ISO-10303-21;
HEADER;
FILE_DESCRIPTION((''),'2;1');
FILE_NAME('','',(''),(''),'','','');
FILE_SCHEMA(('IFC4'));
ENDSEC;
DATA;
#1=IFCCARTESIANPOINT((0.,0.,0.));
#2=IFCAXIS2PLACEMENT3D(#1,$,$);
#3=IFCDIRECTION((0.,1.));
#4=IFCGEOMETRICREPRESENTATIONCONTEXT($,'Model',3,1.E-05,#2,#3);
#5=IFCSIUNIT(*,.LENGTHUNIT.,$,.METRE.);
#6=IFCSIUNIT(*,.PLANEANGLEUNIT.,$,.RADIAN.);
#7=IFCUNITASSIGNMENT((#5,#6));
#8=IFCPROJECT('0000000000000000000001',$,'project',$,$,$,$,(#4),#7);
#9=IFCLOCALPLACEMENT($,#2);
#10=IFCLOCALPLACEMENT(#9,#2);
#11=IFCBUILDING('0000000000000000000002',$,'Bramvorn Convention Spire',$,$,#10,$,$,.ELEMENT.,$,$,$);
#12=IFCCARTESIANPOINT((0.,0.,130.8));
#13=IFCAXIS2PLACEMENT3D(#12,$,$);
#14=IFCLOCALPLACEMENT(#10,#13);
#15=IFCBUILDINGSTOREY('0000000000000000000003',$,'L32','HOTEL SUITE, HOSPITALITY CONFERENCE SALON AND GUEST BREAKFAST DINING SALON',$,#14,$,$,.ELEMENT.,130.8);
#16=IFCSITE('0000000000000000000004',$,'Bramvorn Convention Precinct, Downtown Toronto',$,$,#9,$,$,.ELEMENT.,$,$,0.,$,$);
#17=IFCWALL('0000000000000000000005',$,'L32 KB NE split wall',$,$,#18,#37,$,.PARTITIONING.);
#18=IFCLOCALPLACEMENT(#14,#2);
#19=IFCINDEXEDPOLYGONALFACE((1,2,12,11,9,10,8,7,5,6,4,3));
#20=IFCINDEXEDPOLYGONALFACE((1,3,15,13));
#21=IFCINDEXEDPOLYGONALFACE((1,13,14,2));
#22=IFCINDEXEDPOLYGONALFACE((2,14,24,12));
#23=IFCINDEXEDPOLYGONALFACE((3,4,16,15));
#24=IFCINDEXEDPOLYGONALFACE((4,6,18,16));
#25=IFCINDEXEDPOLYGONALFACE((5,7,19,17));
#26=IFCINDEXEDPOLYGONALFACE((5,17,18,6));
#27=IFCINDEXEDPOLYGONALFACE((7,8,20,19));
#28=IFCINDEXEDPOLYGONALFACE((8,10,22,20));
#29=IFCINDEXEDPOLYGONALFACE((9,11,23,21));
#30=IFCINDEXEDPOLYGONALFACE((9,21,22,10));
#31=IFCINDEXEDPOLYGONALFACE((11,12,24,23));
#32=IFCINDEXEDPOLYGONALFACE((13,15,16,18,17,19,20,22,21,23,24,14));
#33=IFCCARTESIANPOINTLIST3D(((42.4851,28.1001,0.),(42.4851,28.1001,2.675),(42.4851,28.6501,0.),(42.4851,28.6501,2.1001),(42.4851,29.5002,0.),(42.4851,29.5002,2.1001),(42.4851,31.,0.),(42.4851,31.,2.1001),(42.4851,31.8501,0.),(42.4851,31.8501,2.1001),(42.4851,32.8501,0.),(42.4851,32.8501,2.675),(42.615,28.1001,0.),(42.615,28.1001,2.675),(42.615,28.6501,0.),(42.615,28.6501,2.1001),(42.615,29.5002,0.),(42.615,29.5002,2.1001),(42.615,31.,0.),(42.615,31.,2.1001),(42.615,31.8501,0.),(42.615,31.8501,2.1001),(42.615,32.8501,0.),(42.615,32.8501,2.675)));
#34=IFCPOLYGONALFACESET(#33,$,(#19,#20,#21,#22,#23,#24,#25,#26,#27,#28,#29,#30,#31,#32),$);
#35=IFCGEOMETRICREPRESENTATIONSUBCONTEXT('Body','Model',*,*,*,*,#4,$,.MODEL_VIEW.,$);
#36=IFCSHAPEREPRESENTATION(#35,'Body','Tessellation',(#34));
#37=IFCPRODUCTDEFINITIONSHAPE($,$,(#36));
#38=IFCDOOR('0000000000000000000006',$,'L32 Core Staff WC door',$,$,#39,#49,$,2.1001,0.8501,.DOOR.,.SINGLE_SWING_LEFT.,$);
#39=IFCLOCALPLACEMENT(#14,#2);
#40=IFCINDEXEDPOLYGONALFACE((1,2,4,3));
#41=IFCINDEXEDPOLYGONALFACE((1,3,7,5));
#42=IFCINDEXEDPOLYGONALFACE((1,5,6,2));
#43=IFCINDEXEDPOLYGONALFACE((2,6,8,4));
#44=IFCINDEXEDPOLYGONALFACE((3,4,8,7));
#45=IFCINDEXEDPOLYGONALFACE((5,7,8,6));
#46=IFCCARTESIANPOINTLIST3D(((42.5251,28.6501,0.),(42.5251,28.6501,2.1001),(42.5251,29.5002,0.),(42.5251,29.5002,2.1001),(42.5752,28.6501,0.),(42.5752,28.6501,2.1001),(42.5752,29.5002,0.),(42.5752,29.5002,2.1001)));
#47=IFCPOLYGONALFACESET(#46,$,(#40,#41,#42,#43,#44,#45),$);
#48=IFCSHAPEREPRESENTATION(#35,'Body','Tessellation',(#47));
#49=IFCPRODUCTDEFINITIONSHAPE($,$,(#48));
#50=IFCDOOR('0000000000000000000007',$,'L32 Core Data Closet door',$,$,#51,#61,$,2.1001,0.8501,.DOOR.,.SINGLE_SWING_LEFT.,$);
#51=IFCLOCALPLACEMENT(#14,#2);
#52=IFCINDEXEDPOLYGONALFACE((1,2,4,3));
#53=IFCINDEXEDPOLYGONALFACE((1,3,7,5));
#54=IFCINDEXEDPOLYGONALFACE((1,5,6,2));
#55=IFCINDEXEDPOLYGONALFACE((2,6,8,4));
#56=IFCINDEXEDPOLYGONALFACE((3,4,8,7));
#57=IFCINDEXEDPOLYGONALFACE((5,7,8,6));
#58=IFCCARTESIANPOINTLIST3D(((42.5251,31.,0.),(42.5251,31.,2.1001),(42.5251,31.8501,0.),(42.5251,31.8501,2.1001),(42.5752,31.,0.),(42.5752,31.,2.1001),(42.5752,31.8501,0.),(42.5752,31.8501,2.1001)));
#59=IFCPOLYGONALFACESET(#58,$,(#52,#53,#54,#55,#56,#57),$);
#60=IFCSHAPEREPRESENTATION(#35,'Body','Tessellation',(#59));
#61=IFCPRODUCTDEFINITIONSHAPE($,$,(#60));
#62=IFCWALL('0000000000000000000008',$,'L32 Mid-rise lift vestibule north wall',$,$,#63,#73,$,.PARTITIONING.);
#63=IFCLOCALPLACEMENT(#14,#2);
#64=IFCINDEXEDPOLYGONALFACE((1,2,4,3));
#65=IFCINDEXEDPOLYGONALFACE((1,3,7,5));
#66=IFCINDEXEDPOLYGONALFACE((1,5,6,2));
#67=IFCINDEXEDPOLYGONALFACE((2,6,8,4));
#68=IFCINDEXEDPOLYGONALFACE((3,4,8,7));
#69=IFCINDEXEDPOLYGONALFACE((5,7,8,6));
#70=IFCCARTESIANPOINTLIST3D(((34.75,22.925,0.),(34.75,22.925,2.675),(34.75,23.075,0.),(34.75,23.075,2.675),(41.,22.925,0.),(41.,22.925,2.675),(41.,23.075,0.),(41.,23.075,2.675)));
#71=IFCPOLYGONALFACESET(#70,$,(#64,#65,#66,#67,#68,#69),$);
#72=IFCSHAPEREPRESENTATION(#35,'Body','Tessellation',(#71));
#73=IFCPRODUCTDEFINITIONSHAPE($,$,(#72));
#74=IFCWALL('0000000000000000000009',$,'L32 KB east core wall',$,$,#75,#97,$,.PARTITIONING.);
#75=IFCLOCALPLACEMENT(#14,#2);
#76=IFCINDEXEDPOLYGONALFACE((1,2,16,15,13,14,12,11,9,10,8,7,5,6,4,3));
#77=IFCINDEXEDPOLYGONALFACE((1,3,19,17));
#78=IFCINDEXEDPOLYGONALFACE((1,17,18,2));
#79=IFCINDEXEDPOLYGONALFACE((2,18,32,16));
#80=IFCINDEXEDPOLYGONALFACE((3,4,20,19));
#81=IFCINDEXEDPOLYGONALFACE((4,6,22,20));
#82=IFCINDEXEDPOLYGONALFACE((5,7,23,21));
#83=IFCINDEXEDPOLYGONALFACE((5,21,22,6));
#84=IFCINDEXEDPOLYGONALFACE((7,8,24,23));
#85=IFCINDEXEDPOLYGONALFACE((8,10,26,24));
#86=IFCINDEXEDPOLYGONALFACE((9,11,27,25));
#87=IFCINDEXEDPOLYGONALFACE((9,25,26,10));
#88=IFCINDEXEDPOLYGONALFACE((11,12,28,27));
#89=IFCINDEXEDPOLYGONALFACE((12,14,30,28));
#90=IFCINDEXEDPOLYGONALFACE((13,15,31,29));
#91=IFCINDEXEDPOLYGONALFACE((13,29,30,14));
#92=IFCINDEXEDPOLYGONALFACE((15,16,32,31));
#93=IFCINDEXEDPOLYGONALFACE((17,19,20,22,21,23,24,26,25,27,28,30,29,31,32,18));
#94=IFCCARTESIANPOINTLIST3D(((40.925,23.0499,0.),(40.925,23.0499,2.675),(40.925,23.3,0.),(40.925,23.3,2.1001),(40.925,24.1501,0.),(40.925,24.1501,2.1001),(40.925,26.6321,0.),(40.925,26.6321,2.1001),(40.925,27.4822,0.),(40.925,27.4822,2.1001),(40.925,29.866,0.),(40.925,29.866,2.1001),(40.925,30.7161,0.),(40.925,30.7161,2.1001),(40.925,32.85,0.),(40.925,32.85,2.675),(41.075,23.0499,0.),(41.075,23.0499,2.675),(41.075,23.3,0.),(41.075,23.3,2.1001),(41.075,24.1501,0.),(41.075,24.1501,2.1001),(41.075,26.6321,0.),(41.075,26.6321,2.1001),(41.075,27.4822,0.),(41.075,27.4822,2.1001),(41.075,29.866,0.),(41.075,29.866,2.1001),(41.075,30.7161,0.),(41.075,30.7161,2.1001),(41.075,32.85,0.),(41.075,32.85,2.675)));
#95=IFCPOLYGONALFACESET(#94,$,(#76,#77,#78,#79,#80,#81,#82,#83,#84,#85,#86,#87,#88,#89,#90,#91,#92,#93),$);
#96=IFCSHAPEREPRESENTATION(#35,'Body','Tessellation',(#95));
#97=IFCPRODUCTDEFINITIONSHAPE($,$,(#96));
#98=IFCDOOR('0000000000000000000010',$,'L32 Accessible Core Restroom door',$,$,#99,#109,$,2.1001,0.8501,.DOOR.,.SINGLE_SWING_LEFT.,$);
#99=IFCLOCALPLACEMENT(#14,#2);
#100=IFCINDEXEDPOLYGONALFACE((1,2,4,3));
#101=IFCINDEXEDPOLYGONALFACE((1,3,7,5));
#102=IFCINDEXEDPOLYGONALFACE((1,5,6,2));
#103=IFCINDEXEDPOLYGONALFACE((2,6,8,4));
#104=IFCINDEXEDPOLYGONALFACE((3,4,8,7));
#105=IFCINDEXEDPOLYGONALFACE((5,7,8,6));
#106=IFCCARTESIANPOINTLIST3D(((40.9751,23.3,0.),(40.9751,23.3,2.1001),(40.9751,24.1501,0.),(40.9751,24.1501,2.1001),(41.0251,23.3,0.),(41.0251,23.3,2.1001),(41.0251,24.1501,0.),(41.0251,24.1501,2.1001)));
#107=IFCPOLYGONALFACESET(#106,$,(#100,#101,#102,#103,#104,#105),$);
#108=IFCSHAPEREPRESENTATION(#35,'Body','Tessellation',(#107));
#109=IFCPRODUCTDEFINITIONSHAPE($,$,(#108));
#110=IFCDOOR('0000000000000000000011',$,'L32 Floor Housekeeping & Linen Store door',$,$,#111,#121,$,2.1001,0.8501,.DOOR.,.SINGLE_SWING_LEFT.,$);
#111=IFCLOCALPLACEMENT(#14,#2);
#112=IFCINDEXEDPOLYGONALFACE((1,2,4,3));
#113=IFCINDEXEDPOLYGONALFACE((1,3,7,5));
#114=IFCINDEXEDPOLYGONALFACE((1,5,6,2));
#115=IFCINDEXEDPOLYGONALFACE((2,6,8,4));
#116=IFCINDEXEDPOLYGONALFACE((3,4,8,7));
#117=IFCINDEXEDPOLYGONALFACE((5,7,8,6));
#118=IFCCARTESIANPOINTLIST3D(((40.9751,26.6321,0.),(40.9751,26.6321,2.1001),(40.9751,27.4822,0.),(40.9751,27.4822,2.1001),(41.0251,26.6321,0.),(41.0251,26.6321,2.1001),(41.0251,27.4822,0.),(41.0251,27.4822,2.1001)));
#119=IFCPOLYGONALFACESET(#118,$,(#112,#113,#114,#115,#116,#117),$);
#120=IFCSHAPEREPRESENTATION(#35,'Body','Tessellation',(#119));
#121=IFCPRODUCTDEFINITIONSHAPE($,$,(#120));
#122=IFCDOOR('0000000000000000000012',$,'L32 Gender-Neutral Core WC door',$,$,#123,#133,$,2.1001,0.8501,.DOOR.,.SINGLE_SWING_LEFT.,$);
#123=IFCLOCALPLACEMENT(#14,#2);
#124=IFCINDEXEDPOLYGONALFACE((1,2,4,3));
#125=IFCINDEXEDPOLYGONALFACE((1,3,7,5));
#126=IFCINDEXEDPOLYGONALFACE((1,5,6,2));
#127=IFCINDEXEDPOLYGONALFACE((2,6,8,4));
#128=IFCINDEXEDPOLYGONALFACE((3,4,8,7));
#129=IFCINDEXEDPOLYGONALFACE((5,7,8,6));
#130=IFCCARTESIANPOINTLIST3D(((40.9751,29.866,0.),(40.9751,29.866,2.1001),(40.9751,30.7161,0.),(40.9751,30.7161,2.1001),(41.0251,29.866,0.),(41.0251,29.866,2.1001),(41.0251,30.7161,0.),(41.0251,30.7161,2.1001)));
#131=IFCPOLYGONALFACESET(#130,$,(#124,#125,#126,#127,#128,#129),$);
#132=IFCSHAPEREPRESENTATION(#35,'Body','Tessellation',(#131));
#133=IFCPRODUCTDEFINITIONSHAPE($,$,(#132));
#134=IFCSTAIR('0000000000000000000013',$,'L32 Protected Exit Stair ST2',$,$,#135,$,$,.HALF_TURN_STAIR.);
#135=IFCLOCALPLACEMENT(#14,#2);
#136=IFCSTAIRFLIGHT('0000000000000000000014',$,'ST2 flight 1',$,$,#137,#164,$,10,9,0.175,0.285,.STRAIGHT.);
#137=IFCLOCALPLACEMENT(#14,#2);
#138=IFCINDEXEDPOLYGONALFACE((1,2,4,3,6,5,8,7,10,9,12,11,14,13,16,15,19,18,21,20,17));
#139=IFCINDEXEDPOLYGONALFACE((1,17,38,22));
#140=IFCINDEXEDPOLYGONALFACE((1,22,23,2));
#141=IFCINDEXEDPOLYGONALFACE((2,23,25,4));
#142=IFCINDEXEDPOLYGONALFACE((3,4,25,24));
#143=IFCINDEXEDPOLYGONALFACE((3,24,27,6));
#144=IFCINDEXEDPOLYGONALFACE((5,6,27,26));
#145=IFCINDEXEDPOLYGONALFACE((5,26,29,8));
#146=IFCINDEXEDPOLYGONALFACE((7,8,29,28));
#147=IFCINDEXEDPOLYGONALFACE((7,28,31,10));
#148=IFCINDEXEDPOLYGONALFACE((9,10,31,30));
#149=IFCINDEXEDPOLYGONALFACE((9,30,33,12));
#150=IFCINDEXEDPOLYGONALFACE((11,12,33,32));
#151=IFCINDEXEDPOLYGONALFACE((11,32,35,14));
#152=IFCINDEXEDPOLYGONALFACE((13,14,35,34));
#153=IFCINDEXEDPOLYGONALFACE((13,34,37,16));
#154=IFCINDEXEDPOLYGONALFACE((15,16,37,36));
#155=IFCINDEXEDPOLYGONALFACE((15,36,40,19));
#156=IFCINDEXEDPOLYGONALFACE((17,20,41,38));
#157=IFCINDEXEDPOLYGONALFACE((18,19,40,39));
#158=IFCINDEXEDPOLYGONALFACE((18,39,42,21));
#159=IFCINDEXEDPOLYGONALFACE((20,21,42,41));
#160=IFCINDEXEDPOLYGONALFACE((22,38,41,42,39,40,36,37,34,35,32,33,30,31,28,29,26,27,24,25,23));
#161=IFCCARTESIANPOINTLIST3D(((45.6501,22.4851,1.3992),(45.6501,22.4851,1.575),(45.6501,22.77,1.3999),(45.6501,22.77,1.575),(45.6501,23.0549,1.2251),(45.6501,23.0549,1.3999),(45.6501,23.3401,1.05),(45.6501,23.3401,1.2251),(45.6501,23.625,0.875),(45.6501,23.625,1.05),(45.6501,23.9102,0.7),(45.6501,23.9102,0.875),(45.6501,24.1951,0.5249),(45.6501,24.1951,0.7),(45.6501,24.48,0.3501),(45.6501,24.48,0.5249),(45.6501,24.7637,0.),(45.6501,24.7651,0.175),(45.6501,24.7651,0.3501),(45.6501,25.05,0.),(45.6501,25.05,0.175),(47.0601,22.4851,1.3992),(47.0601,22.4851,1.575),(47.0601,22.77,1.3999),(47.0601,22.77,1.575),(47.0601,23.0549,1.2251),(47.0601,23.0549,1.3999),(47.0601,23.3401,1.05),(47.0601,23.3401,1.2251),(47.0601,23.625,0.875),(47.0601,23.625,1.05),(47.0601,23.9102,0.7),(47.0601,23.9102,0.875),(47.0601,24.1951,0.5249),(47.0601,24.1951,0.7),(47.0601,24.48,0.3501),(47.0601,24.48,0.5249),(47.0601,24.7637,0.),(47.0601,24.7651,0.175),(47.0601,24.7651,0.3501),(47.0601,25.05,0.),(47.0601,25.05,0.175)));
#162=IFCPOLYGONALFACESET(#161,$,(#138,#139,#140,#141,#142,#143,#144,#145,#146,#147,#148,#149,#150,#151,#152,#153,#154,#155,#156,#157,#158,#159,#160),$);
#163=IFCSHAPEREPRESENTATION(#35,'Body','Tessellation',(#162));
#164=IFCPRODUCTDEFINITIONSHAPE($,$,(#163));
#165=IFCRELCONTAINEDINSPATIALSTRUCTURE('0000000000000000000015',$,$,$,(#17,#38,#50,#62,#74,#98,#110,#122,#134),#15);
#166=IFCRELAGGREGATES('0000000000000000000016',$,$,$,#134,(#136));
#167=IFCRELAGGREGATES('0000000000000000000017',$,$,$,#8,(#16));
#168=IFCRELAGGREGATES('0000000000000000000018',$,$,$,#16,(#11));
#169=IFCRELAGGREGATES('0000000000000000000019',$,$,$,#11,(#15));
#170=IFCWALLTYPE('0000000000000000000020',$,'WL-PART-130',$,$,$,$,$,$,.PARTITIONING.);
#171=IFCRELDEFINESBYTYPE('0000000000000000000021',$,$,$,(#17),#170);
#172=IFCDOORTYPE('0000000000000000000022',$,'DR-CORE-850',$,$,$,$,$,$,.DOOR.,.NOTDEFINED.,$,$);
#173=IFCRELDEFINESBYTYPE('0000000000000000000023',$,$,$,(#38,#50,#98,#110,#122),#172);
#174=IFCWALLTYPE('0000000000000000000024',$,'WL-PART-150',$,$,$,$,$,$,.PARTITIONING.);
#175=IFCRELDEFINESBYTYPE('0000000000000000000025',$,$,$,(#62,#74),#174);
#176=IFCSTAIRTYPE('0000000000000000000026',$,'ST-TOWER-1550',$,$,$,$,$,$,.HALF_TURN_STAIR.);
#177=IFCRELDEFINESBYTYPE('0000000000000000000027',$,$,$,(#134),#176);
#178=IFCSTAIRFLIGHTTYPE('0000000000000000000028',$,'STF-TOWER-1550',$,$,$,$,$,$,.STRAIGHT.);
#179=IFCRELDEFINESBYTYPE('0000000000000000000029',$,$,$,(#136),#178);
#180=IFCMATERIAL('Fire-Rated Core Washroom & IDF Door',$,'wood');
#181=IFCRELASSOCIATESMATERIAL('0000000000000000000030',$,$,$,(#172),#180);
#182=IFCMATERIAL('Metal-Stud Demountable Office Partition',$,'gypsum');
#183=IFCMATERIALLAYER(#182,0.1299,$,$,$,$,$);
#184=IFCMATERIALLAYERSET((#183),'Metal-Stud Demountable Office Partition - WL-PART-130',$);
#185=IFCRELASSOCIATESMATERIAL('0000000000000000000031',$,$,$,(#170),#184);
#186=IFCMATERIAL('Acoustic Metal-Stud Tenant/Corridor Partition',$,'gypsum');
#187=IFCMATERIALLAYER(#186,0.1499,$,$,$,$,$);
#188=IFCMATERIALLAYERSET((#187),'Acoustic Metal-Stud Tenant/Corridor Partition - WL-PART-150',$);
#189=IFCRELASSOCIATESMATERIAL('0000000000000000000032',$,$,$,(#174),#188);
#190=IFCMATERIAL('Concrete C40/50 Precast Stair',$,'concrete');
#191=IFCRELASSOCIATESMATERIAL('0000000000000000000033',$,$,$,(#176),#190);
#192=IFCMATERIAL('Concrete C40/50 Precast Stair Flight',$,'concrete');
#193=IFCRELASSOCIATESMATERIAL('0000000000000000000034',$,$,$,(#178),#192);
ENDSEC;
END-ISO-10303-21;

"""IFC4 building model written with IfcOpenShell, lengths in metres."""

from ifc_helpers import new_model, si_unit, direction, frame, frame_2d, origin, place, context, subcontext, project, spatial, polyline, rectangle, outline, extrude, material, layer, layer_set, type_object, element, fill, aggregate, save


model = new_model("IFC4")

# Units and contexts
model_context = context("Model", 3, precision=1e-05, world=origin(), true_north=direction((0.0, 1.0)))
body_context = subcontext(model_context, "Body", "Model", "MODEL_VIEW")
ifc_project = project(units=[si_unit("LENGTHUNIT", "METRE"), si_unit("PLANEANGLEUNIT", "RADIAN")], contexts=[model_context])

# Site, building, storey
site_placement = place(None, origin())
site = spatial("IfcSite", under=ifc_project, at=site_placement, Name="Bramvorn Convention Precinct, Downtown Toronto", CompositionType="ELEMENT", RefElevation=0.0)
building_placement = place(site_placement, origin())
building = spatial("IfcBuilding", under=site, at=building_placement, Name="Bramvorn Convention Spire", CompositionType="ELEMENT")
storey_placement = place(building_placement, frame((0.0, 0.0, 130.8)))
storey = spatial("IfcBuildingStorey", under=building, at=storey_placement, Name="L32", Description="HOTEL SUITE, HOSPITALITY CONFERENCE SALON AND GUEST BREAKFAST DINING SALON", CompositionType="ELEMENT", Elevation=130.8)

# Shared definitions
ifc_material_1 = material(Name="Fire-Rated Core Washroom & IDF Door", Category="wood")
door_type_1 = type_object("IfcDoorType", Name="DR-CORE-850", OperationType="NOTDEFINED", PredefinedType="DOOR", material=ifc_material_1)

# Wall, openings, doors
ifc_material_2 = material(Name="Metal-Stud Demountable Office Partition", Category="gypsum")
ifc_layer_1 = layer(ifc_material_2, 0.1299)
ifc_layer_set_1 = layer_set([ifc_layer_1], Name="Metal-Stud Demountable Office Partition - WL-PART-130")
wall_type_1 = type_object("IfcWallType", Name="WL-PART-130", PredefinedType="PARTITIONING", material=ifc_layer_set_1)
wall_1_placement = place(storey_placement, frame((42.55, 28.1001, 0.0), z_axis=(0.0, 0.0, 1.0), x_axis=(0.0, 1.0, 0.0)))
wall_1 = element("IfcWall", 1, at=wall_1_placement, inside=storey, type_object=wall_type_1, Name="L32 KB NE split wall", PredefinedType="PARTITIONING", context=body_context, shape_type="SweptSolid", body=[
    extrude(rectangle(XDim=4.75, YDim=0.1299, at=frame_2d((2.375, 0.0))), origin(), (0.0, 0.0, 1.0), 2.675),
])
opening_1_placement = place(wall_1_placement, frame((0.55, 0.0, 0.0)))
opening_1 = element("IfcOpeningElement", 2, at=opening_1_placement, cuts=wall_1, PredefinedType="OPENING", context=body_context, shape_type="SweptSolid", body=[
    extrude(rectangle(XDim=0.8501, YDim=2.1001, at=frame_2d((0.425, 1.05))), frame((0.0, 0.075, 0.0), z_axis=(0.0, -1.0, 0.0), x_axis=(1.0, 0.0, 0.0)), (0.0, 0.0, 1.0), 0.1499),
])
opening_2_placement = place(wall_1_placement, frame((2.8999, 0.0, 0.0)))
opening_2 = element("IfcOpeningElement", 3, at=opening_2_placement, cuts=wall_1, PredefinedType="OPENING", context=body_context, shape_type="SweptSolid", body=[
    extrude(rectangle(XDim=0.8501, YDim=2.1001, at=frame_2d((0.425, 1.05))), frame((0.0, 0.075, 0.0), z_axis=(0.0, -1.0, 0.0), x_axis=(1.0, 0.0, 0.0)), (0.0, 0.0, 1.0), 0.1499),
])
door_1_placement = place(opening_1_placement, origin())
door_1 = element("IfcDoor", 4, at=door_1_placement, inside=storey, type_object=door_type_1, Name="L32 Core Staff WC door", OperationType="SINGLE_SWING_LEFT", OverallHeight=2.1001, OverallWidth=0.8501, PredefinedType="DOOR", context=body_context, shape_type="SweptSolid", body=[
    extrude(rectangle(XDim=0.8501, YDim=2.1001, at=frame_2d((0.425, 1.05))), frame((0.0, 0.0249, 0.0), z_axis=(0.0, -1.0, 0.0), x_axis=(1.0, 0.0, 0.0)), (0.0, 0.0, 1.0), 0.05),
])
fill(opening_1, door_1)
door_2_placement = place(opening_2_placement, origin())
door_2 = element("IfcDoor", 5, at=door_2_placement, inside=storey, type_object=door_type_1, Name="L32 Core Data Closet door", OperationType="SINGLE_SWING_LEFT", OverallHeight=2.1001, OverallWidth=0.8501, PredefinedType="DOOR", context=body_context, shape_type="SweptSolid", body=[
    extrude(rectangle(XDim=0.8501, YDim=2.1001, at=frame_2d((0.425, 1.05))), frame((0.0, 0.0249, 0.0), z_axis=(0.0, -1.0, 0.0), x_axis=(1.0, 0.0, 0.0)), (0.0, 0.0, 1.0), 0.05),
])
fill(opening_2, door_2)

# Wall
ifc_material_3 = material(Name="Acoustic Metal-Stud Tenant/Corridor Partition", Category="gypsum")
ifc_layer_2 = layer(ifc_material_3, 0.1499)
ifc_layer_set_2 = layer_set([ifc_layer_2], Name="Acoustic Metal-Stud Tenant/Corridor Partition - WL-PART-150")
wall_type_2 = type_object("IfcWallType", Name="WL-PART-150", PredefinedType="PARTITIONING", material=ifc_layer_set_2)
wall_2_placement = place(storey_placement, frame((34.75, 23.0, 0.0), z_axis=(0.0, 0.0, 1.0), x_axis=(1.0, 0.0, 0.0)))
element("IfcWall", 6, at=wall_2_placement, inside=storey, type_object=wall_type_2, Name="L32 Mid-rise lift vestibule north wall", PredefinedType="PARTITIONING", context=body_context, shape_type="SweptSolid", body=[
    extrude(rectangle(XDim=6.25, YDim=0.1499, at=frame_2d((3.125, 0.0))), origin(), (0.0, 0.0, 1.0), 2.675),
])

# Wall, openings, doors
wall_3_placement = place(storey_placement, frame((41.0, 23.05, 0.0), z_axis=(0.0, 0.0, 1.0), x_axis=(0.0, 1.0, 0.0)))
wall_3 = element("IfcWall", 7, at=wall_3_placement, inside=storey, type_object=wall_type_2, Name="L32 KB east core wall", PredefinedType="PARTITIONING", context=body_context, shape_type="SweptSolid", body=[
    extrude(rectangle(XDim=9.8, YDim=0.1499, at=frame_2d((4.8999, 0.0))), origin(), (0.0, 0.0, 1.0), 2.675),
])
opening_3_placement = place(wall_3_placement, frame((0.25, 0.0, 0.0)))
opening_3 = element("IfcOpeningElement", 8, at=opening_3_placement, cuts=wall_3, PredefinedType="OPENING", context=body_context, shape_type="SweptSolid", body=[
    extrude(rectangle(XDim=0.8501, YDim=2.1001, at=frame_2d((0.425, 1.05))), frame((0.0, 0.085, 0.0), z_axis=(0.0, -1.0, 0.0), x_axis=(1.0, 0.0, 0.0)), (0.0, 0.0, 1.0), 0.1699),
])
opening_4_placement = place(wall_3_placement, frame((3.582, 0.0, 0.0)))
opening_4 = element("IfcOpeningElement", 9, at=opening_4_placement, cuts=wall_3, PredefinedType="OPENING", context=body_context, shape_type="SweptSolid", body=[
    extrude(rectangle(XDim=0.8501, YDim=2.1001, at=frame_2d((0.425, 1.05))), frame((0.0, 0.085, 0.0), z_axis=(0.0, -1.0, 0.0), x_axis=(1.0, 0.0, 0.0)), (0.0, 0.0, 1.0), 0.1699),
])
opening_5_placement = place(wall_3_placement, frame((6.8159, 0.0, 0.0)))
opening_5 = element("IfcOpeningElement", 10, at=opening_5_placement, cuts=wall_3, PredefinedType="OPENING", context=body_context, shape_type="SweptSolid", body=[
    extrude(rectangle(XDim=0.8501, YDim=2.1001, at=frame_2d((0.425, 1.05))), frame((0.0, 0.085, 0.0), z_axis=(0.0, -1.0, 0.0), x_axis=(1.0, 0.0, 0.0)), (0.0, 0.0, 1.0), 0.1699),
])
door_3_placement = place(opening_3_placement, origin())
door_3 = element("IfcDoor", 11, at=door_3_placement, inside=storey, type_object=door_type_1, Name="L32 Accessible Core Restroom door", OperationType="SINGLE_SWING_LEFT", OverallHeight=2.1001, OverallWidth=0.8501, PredefinedType="DOOR", context=body_context, shape_type="SweptSolid", body=[
    extrude(rectangle(XDim=0.8501, YDim=2.1001, at=frame_2d((0.425, 1.05))), frame((0.0, 0.0249, 0.0), z_axis=(0.0, -1.0, 0.0), x_axis=(1.0, 0.0, 0.0)), (0.0, 0.0, 1.0), 0.05),
])
fill(opening_3, door_3)
door_4_placement = place(opening_4_placement, origin())
door_4 = element("IfcDoor", 12, at=door_4_placement, inside=storey, type_object=door_type_1, Name="L32 Floor Housekeeping & Linen Store door", OperationType="SINGLE_SWING_LEFT", OverallHeight=2.1001, OverallWidth=0.8501, PredefinedType="DOOR", context=body_context, shape_type="SweptSolid", body=[
    extrude(rectangle(XDim=0.8501, YDim=2.1001, at=frame_2d((0.425, 1.05))), frame((0.0, 0.0249, 0.0), z_axis=(0.0, -1.0, 0.0), x_axis=(1.0, 0.0, 0.0)), (0.0, 0.0, 1.0), 0.05),
])
fill(opening_4, door_4)
door_5_placement = place(opening_5_placement, origin())
door_5 = element("IfcDoor", 13, at=door_5_placement, inside=storey, type_object=door_type_1, Name="L32 Gender-Neutral Core WC door", OperationType="SINGLE_SWING_LEFT", OverallHeight=2.1001, OverallWidth=0.8501, PredefinedType="DOOR", context=body_context, shape_type="SweptSolid", body=[
    extrude(rectangle(XDim=0.8501, YDim=2.1001, at=frame_2d((0.425, 1.05))), frame((0.0, 0.0249, 0.0), z_axis=(0.0, -1.0, 0.0), x_axis=(1.0, 0.0, 0.0)), (0.0, 0.0, 1.0), 0.05),
])
fill(opening_5, door_5)

# Stair, stair flight
ifc_material_4 = material(Name="Concrete C40/50 Precast Stair", Category="concrete")
stair_type = type_object("IfcStairType", Name="ST-TOWER-1550", PredefinedType="HALF_TURN_STAIR", material=ifc_material_4)
stair_placement = place(storey_placement, origin())
stair = element("IfcStair", 14, at=stair_placement, inside=storey, type_object=stair_type, Name="L32 Protected Exit Stair ST2", PredefinedType="HALF_TURN_STAIR")
ifc_material_5 = material(Name="Concrete C40/50 Precast Stair Flight", Category="concrete")
stair_flight_type = type_object("IfcStairFlightType", Name="STF-TOWER-1550", PredefinedType="STRAIGHT", material=ifc_material_5)
stair_flight_placement = place(storey_placement, frame((46.355, 25.05, 0.0), z_axis=(0.0, 0.0, 1.0), x_axis=(0.0, -1.0, 0.0)))
stair_flight = element("IfcStairFlight", 15, at=stair_flight_placement, type_object=stair_flight_type, Name="ST2 flight 1", NumberOfRisers=10, NumberOfTreads=9, PredefinedType="STRAIGHT", RiserHeight=0.175, TreadLength=0.285, context=body_context, shape_type="SweptSolid", body=[
    extrude(outline(polyline([(0.0, 0.0), (0.0, 0.175), (0.2849, 0.175), (0.2849, 0.3501), (0.5701, 0.3501), (0.5701, 0.5249), (0.855, 0.5249), (0.855, 0.7), (1.1399, 0.7), (1.1399, 0.875), (1.425, 0.875), (1.425, 1.05), (1.71, 1.05), (1.71, 1.2251), (1.9951, 1.2251), (1.9951, 1.3999), (2.28, 1.3999), (2.28, 1.575), (2.5649, 1.575), (2.5649, 1.75), (2.5649, 1.3992), (0.2864, 0.0), (0.0, 0.0)])), frame((0.0, 0.7051, 0.0), z_axis=(0.0, -1.0, 0.0), x_axis=(1.0, 0.0, 0.0)), (0.0, 0.0, 1.0), 1.4099),
])
aggregate(stair, [stair_flight])

save(model, "model.ifc")
